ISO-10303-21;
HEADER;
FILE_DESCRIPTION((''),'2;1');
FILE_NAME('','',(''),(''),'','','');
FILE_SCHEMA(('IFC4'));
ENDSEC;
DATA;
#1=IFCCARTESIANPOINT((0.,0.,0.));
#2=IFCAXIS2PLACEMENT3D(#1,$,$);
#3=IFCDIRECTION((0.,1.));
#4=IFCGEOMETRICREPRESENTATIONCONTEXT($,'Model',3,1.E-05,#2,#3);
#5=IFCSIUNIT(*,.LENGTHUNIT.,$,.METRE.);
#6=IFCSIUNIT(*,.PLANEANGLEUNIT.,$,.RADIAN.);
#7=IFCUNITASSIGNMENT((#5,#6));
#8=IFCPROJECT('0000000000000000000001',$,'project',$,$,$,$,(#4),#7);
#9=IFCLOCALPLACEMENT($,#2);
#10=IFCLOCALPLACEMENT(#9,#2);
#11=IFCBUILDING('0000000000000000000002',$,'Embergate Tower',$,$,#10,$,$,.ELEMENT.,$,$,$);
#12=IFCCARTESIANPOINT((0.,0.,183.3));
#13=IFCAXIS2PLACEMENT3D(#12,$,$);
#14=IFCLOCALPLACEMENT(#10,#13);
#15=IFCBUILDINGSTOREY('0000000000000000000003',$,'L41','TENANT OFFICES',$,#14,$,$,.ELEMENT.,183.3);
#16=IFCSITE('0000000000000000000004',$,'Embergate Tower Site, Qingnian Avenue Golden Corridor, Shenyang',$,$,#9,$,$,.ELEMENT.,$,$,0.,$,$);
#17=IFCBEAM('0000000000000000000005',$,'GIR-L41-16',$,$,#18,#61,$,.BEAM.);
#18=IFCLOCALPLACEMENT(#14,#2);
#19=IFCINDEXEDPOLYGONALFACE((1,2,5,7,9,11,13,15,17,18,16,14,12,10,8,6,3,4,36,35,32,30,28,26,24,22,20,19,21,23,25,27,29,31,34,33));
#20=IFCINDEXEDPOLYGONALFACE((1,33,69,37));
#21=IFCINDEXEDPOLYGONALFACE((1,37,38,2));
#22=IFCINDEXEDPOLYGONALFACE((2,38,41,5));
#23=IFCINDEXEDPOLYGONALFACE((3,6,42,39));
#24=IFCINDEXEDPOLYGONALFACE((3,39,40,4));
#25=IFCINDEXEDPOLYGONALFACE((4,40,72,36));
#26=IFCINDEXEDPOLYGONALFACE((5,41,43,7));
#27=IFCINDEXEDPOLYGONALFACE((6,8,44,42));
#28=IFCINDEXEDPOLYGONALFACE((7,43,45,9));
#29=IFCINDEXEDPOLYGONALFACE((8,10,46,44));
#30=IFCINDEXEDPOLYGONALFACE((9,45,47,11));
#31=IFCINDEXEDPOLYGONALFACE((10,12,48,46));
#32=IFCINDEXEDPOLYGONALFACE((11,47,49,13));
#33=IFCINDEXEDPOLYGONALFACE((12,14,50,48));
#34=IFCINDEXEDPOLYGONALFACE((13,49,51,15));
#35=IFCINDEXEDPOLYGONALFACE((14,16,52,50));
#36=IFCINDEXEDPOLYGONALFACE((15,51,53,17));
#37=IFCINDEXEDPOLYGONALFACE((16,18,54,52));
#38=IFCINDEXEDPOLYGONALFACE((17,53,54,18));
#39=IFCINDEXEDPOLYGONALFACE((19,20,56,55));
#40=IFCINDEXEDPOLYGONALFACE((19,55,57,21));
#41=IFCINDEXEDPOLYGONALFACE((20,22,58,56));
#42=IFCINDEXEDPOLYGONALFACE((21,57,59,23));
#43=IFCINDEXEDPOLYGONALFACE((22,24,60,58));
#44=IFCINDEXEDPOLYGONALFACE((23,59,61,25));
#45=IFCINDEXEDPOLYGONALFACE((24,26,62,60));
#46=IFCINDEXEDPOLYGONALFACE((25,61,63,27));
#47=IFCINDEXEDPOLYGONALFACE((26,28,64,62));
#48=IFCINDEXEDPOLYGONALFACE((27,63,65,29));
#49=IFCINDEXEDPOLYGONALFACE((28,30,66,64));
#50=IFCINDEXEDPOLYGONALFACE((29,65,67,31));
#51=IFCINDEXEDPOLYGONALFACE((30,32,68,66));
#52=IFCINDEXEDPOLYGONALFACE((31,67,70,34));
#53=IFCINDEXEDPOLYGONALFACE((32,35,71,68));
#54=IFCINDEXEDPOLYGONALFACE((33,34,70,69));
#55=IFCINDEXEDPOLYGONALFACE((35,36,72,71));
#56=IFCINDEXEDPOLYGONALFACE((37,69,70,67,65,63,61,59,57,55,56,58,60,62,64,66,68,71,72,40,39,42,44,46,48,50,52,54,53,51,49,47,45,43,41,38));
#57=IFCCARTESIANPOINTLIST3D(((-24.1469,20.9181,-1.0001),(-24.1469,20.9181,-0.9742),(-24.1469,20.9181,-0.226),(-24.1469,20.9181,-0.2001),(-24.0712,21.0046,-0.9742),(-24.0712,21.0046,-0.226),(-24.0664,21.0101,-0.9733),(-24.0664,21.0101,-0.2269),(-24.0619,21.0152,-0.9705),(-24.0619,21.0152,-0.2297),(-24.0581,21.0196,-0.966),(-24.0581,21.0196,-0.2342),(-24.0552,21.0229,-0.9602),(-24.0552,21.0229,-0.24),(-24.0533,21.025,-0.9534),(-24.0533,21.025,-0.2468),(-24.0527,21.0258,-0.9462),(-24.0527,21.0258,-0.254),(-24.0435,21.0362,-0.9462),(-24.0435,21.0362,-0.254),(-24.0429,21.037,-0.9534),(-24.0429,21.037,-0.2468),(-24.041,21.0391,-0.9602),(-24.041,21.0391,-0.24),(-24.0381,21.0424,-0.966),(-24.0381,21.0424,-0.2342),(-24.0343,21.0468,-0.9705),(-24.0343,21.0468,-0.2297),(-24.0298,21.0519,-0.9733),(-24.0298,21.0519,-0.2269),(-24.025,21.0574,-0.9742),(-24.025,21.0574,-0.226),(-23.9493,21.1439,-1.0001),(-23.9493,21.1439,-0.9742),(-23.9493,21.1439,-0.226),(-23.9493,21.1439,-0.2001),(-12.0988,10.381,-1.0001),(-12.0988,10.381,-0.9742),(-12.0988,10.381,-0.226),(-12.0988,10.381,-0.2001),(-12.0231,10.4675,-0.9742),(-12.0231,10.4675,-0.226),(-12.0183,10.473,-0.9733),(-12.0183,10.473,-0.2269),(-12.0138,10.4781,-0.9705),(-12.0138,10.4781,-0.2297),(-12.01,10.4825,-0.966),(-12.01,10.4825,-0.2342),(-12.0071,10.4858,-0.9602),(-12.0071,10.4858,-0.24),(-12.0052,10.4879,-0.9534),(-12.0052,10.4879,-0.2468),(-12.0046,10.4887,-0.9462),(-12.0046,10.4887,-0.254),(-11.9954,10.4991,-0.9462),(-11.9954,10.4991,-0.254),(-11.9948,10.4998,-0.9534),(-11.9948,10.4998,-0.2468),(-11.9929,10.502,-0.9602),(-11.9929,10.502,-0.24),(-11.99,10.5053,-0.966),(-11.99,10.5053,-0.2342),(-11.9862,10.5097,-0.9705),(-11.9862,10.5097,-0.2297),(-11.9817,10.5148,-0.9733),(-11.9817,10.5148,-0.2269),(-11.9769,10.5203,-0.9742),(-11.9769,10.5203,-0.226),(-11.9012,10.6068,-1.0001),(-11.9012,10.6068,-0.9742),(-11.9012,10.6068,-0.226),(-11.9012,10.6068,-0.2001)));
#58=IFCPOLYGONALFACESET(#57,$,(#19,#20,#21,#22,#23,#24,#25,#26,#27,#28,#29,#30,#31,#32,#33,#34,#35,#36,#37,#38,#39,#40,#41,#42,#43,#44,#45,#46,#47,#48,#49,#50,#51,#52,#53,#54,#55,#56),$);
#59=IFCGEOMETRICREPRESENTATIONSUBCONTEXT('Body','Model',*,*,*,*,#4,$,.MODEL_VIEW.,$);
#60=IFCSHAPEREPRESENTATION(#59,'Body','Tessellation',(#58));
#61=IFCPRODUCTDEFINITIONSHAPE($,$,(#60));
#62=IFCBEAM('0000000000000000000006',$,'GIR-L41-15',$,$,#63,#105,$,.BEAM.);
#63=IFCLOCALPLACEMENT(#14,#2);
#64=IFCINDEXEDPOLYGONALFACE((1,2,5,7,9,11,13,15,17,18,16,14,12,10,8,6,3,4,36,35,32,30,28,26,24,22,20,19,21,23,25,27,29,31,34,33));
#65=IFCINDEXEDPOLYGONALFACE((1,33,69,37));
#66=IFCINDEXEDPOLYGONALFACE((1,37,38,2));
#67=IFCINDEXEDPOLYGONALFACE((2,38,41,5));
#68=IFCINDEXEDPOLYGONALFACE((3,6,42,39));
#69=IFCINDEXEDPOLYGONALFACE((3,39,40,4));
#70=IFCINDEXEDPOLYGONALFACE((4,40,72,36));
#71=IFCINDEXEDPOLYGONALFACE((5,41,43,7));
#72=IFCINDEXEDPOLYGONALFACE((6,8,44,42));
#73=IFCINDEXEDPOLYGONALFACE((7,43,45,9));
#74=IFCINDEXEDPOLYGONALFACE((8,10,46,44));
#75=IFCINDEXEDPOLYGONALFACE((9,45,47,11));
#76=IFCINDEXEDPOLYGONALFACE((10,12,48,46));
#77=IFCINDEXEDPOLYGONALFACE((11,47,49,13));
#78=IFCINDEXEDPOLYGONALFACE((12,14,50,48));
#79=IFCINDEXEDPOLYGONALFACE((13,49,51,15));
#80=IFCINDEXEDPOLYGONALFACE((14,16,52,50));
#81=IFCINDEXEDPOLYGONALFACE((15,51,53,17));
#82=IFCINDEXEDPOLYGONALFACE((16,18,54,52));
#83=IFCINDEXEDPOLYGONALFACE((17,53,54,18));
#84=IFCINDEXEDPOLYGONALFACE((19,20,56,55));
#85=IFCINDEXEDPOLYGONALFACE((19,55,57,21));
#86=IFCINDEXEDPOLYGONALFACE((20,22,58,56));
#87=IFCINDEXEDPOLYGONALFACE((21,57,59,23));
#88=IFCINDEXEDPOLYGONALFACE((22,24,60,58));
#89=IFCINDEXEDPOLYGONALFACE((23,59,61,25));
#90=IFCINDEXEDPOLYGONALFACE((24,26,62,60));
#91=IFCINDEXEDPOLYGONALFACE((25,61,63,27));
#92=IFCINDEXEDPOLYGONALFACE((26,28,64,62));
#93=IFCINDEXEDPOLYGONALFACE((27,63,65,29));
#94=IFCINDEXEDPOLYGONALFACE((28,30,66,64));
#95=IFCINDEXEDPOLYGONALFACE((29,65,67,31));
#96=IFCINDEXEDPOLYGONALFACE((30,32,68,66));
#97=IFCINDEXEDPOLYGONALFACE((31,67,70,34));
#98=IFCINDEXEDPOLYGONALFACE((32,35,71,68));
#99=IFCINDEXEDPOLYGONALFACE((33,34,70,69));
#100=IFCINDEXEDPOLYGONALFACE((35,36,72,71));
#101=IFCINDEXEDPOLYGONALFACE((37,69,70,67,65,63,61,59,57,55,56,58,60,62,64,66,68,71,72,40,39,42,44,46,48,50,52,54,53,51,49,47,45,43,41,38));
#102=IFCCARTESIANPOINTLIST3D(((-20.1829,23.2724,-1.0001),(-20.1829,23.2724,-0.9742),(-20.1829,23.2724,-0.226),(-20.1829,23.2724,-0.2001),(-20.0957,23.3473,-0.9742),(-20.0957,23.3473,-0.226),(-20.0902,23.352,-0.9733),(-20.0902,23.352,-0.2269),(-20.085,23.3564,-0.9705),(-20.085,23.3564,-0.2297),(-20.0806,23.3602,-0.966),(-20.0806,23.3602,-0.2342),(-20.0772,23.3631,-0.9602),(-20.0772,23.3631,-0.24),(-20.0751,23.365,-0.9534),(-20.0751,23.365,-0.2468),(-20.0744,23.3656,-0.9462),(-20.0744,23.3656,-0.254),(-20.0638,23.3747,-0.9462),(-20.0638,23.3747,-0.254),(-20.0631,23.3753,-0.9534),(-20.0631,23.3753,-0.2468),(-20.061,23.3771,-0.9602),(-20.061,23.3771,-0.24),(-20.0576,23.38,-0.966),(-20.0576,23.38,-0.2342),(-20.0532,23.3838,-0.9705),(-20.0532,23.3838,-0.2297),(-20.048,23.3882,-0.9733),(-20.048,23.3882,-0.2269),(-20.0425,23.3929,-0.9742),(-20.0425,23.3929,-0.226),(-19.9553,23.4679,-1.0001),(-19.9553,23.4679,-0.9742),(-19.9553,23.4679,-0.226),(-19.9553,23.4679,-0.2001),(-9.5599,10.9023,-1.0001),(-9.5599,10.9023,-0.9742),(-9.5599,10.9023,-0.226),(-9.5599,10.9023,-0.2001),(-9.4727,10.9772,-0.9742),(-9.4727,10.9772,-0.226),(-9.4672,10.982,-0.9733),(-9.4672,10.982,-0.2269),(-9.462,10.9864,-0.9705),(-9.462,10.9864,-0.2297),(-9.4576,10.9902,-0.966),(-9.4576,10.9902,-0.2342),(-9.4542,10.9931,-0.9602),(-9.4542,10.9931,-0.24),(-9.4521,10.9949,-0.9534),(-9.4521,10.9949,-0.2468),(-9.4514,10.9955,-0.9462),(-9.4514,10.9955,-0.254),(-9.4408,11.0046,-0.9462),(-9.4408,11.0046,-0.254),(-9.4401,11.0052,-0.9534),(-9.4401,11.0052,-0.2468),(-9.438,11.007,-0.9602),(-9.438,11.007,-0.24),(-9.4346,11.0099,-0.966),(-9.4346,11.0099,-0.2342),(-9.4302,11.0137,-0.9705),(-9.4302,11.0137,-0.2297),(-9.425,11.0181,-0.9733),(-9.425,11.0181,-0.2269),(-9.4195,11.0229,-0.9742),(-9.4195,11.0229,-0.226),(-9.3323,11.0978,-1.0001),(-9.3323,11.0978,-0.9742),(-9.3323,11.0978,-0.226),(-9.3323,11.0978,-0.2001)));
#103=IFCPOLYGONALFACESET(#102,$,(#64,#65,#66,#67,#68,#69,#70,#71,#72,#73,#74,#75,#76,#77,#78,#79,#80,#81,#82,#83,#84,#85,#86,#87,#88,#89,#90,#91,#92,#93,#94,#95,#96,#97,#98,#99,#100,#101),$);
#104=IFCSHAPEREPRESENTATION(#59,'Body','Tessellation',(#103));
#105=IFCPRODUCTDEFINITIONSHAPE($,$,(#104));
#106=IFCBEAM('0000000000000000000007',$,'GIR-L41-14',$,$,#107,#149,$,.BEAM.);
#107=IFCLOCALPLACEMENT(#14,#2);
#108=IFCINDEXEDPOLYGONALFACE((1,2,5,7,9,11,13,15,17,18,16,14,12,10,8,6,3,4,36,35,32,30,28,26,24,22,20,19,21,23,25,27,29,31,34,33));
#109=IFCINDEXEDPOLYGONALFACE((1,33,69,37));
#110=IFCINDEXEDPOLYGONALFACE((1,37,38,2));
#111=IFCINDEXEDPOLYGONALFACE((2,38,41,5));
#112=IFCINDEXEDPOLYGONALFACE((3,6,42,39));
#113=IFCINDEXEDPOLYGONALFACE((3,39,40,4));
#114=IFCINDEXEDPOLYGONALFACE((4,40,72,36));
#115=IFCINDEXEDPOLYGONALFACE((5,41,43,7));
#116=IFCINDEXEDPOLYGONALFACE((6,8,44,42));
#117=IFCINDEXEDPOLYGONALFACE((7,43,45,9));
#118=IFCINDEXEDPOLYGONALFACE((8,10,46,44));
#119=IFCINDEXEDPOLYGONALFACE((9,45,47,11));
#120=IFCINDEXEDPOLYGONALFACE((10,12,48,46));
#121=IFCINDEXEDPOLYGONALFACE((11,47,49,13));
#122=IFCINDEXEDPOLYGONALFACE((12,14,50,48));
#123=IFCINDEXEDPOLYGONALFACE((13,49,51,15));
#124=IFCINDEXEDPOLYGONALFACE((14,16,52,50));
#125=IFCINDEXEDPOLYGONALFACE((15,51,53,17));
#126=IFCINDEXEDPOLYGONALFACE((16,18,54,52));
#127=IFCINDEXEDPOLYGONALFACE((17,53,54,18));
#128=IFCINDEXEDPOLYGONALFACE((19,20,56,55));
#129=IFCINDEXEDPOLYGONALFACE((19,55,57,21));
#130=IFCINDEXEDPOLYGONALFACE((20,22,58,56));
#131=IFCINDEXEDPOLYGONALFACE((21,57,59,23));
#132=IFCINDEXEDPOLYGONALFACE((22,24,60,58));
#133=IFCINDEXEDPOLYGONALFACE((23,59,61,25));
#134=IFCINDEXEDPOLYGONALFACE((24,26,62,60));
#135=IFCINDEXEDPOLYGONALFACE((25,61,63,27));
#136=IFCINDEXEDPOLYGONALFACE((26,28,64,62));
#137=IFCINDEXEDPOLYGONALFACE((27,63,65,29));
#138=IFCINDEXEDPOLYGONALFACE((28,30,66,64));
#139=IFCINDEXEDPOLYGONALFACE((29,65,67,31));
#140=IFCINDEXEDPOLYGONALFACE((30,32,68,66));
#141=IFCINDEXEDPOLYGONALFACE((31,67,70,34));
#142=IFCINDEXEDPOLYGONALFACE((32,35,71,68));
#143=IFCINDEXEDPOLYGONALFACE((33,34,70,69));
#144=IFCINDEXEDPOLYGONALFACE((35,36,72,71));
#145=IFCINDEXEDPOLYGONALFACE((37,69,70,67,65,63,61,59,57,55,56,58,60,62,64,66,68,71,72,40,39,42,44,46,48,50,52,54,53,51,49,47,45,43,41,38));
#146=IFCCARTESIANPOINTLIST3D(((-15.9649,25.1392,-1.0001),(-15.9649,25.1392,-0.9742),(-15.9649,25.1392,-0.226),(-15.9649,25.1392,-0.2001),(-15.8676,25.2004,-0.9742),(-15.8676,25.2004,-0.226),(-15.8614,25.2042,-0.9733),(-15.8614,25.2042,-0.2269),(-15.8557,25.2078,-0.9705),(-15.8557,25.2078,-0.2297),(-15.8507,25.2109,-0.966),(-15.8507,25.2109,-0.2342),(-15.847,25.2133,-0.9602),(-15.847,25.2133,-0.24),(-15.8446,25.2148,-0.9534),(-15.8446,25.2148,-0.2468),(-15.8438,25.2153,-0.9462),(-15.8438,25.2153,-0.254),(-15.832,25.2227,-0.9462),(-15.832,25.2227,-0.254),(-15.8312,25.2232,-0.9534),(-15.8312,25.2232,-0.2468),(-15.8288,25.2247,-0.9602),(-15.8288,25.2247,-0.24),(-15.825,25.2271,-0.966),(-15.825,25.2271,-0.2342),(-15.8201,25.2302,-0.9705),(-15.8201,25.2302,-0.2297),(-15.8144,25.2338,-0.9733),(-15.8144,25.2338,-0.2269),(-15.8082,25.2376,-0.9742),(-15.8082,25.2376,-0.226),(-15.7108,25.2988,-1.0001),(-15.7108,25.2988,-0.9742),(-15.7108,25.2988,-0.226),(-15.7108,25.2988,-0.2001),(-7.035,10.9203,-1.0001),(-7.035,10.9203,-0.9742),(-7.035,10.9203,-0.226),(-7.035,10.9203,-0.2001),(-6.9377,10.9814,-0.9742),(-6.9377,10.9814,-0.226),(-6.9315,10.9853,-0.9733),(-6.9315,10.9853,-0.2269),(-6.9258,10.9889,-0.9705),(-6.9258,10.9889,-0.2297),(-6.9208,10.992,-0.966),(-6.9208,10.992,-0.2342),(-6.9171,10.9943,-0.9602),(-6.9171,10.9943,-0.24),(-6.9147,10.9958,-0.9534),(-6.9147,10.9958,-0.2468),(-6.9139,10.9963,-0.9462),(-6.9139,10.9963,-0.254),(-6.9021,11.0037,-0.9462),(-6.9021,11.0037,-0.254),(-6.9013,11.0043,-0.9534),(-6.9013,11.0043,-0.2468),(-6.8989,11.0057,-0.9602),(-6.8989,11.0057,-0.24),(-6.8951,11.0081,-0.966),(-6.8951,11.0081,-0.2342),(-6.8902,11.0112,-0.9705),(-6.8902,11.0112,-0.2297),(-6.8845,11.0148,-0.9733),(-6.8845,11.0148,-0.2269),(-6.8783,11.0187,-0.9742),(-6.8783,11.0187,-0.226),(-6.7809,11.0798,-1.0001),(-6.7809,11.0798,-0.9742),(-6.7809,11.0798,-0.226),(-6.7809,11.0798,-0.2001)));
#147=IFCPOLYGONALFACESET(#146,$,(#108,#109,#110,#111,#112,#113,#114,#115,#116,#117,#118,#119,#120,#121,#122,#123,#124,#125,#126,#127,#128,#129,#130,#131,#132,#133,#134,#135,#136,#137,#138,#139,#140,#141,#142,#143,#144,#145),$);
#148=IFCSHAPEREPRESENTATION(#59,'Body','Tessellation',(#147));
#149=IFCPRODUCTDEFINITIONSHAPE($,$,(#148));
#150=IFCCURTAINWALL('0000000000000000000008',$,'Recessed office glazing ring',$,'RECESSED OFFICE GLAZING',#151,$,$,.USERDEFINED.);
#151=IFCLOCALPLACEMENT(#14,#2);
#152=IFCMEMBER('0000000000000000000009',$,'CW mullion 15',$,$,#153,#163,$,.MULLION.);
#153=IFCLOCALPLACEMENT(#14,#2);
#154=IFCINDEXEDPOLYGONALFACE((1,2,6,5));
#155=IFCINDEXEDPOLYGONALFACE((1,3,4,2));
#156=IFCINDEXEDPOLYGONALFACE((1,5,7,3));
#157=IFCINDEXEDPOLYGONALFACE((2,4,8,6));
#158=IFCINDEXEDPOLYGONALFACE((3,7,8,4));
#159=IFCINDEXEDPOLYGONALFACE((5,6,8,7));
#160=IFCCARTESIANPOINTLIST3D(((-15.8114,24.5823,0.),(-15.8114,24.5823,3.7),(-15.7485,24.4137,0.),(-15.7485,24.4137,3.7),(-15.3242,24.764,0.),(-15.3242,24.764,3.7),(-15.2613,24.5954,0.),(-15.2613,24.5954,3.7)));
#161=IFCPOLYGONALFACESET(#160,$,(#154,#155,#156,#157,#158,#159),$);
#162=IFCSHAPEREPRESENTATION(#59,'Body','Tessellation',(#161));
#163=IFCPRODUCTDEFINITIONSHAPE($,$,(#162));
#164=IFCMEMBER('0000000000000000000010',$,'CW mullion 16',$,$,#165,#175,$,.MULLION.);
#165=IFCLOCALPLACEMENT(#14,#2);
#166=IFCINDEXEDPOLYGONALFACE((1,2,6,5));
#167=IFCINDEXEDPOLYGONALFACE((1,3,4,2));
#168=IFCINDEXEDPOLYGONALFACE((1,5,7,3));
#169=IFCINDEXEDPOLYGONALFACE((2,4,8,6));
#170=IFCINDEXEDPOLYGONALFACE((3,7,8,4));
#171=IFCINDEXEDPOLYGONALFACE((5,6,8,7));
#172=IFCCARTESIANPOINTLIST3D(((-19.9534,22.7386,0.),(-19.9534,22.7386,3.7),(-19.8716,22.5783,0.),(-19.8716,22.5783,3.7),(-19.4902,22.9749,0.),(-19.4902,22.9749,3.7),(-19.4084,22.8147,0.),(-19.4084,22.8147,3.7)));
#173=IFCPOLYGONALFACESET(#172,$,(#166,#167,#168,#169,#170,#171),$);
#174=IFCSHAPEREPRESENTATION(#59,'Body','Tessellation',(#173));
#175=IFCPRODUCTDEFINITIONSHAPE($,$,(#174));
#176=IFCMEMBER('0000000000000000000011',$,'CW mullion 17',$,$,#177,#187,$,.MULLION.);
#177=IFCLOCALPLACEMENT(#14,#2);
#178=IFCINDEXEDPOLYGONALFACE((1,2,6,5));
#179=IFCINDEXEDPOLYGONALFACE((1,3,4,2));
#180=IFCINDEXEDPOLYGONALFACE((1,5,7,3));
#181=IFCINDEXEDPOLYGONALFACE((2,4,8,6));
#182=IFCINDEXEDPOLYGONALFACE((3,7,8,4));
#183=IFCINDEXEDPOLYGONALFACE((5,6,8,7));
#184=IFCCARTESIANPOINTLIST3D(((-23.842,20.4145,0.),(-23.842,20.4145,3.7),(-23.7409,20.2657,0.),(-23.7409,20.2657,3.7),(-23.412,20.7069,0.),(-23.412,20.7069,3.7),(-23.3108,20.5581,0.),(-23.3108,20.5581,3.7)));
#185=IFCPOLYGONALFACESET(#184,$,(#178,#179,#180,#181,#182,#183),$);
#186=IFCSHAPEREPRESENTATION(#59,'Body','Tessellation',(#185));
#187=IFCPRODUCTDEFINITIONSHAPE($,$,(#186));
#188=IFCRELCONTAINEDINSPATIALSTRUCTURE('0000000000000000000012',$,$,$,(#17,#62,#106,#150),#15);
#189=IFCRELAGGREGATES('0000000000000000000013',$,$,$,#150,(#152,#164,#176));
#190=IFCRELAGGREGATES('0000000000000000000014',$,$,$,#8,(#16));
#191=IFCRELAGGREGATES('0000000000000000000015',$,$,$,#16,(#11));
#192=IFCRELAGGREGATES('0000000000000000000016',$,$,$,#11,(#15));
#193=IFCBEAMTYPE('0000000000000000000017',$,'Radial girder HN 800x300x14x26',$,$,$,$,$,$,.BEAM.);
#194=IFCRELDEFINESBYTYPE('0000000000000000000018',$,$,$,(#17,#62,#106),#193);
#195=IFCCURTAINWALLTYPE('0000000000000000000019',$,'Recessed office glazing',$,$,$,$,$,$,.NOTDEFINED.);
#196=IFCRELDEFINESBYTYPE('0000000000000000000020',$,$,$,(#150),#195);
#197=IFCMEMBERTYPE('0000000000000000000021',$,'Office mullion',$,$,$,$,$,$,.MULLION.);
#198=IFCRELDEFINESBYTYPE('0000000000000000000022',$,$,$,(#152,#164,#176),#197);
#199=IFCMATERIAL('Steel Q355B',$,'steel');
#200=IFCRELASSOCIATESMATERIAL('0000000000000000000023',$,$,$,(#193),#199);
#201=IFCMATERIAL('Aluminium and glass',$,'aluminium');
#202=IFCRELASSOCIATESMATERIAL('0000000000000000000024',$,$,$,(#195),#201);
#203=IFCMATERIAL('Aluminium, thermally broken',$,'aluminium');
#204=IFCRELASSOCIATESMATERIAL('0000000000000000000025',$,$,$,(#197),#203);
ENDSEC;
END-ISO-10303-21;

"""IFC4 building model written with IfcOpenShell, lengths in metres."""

from ifc_helpers import new_model, si_unit, direction, frame, origin, origin_2d, place, context, subcontext, project, spatial, rectangle, i_section, extrude, source, transform, mapped, material, material_profile, profile_set, type_object, element, aggregate, save


model = new_model("IFC4")

# Units and contexts
model_context = context("Model", 3, precision=1e-05, world=origin(), true_north=direction((0.0, 1.0)))
body_context = subcontext(model_context, "Body", "Model", "MODEL_VIEW")
ifc_project = project(units=[si_unit("LENGTHUNIT", "METRE"), si_unit("PLANEANGLEUNIT", "RADIAN")], contexts=[model_context])

# Site, building, storey
site_placement = place(None, origin())
site = spatial("IfcSite", under=ifc_project, at=site_placement, Name="Embergate Tower Site, Qingnian Avenue Golden Corridor, Shenyang", CompositionType="ELEMENT", RefElevation=0.0)
building_placement = place(site_placement, origin())
building = spatial("IfcBuilding", under=site, at=building_placement, Name="Embergate Tower", CompositionType="ELEMENT")
storey_placement = place(building_placement, frame((0.0, 0.0, 183.3)))
storey = spatial("IfcBuildingStorey", under=building, at=storey_placement, Name="L41", Description="TENANT OFFICES", CompositionType="ELEMENT", Elevation=183.3)

# Beams
ifc_material_1 = material(Name="Steel Q355B", Category="steel")
ifc_material_profile_1 = material_profile(ifc_material_1, i_section(OverallWidth=0.3, OverallDepth=0.8, WebThickness=0.0139, FlangeThickness=0.0259, FilletRadius=0.0281, at=origin_2d()), Name="HN 800x300x14x26")
ifc_profile_set_1 = profile_set([ifc_material_profile_1], Name="Steel Q355 grade B")
beam_type_1 = type_object("IfcBeamType", Name="Radial girder HN 800x300x14x26", PredefinedType="BEAM", material=ifc_profile_set_1)
shared_shape_1 = source(origin(), body_context, "Body", "SweptSolid", [
    extrude(i_section(OverallWidth=0.3, OverallDepth=0.8, WebThickness=0.0139, FlangeThickness=0.0259, FilletRadius=0.0281, at=origin_2d()), origin(), (0.0, 0.0, 1.0), 16.0059),
])
beam_1_placement = place(storey_placement, frame((-24.0481, 21.031, -0.6001), z_axis=(0.752731, -0.658329, 0.0), x_axis=(0.658329, 0.752731, 0.0)))
element("IfcBeam", 1, at=beam_1_placement, inside=storey, type_object=beam_type_1, Name="GIR-L41-16", PredefinedType="BEAM", context=body_context, shape_type="MappedRepresentation", body=[
    mapped(shared_shape_1, transform((0.0, 0.0, 0.0))),
])
shared_shape_2 = source(origin(), body_context, "Body", "SweptSolid", [
    extrude(i_section(OverallWidth=0.3, OverallDepth=0.8, WebThickness=0.0139, FlangeThickness=0.0259, FilletRadius=0.0281, at=origin_2d()), origin(), (0.0, 0.0, 1.0), 16.3054),
])
beam_2_placement = place(storey_placement, frame((-20.0691, 23.3701, -0.6001), z_axis=(0.651501, -0.758647, 0.0), x_axis=(0.758647, 0.651501, 0.0)))
element("IfcBeam", 2, at=beam_2_placement, inside=storey, type_object=beam_type_1, Name="GIR-L41-15", PredefinedType="BEAM", context=body_context, shape_type="MappedRepresentation", body=[
    mapped(shared_shape_2, transform((0.0, 0.0, 0.0))),
])
shared_shape_3 = source(origin(), body_context, "Body", "SweptSolid", [
    extrude(i_section(OverallWidth=0.3, OverallDepth=0.8, WebThickness=0.0139, FlangeThickness=0.0259, FilletRadius=0.0281, at=origin_2d()), origin(), (0.0, 0.0, 1.0), 16.7905),
])
beam_3_placement = place(storey_placement, frame((-15.8379, 25.219, -0.6001), z_axis=(0.531842, -0.846844, 0.0), x_axis=(0.846844, 0.531842, 0.0)))
element("IfcBeam", 3, at=beam_3_placement, inside=storey, type_object=beam_type_1, Name="GIR-L41-14", PredefinedType="BEAM", context=body_context, shape_type="MappedRepresentation", body=[
    mapped(shared_shape_3, transform((0.0, 0.0, 0.0))),
])

# Curtain wall, members
ifc_material_2 = material(Name="Aluminium and glass", Category="aluminium")
curtain_wall_type = type_object("IfcCurtainWallType", Name="Recessed office glazing", PredefinedType="NOTDEFINED", material=ifc_material_2)
curtain_wall_placement = place(storey_placement, origin())
curtain_wall = element("IfcCurtainWall", 4, at=curtain_wall_placement, inside=storey, type_object=curtain_wall_type, Name="Recessed office glazing ring", ObjectType="RECESSED OFFICE GLAZING", PredefinedType="USERDEFINED")
ifc_material_3 = material(Name="Aluminium, thermally broken", Category="aluminium")
ifc_material_profile_2 = material_profile(ifc_material_3, rectangle(XDim=0.1799, YDim=0.52, at=origin_2d()), Name="AL 520x180")
ifc_profile_set_2 = profile_set([ifc_material_profile_2], Name="Aluminium, thermally broken")
member_type_1 = type_object("IfcMemberType", Name="Office mullion", PredefinedType="MULLION", material=ifc_profile_set_2)
shared_shape_4 = source(origin(), body_context, "Body", "SweptSolid", [
    extrude(rectangle(XDim=0.1799, YDim=0.52, at=origin_2d()), origin(), (0.0, 0.0, 1.0), 3.7),
])
member_1_placement = place(storey_placement, frame((-15.5364, 24.5889, 0.0), z_axis=(0.0, 0.0, 1.0), x_axis=(0.349504, -0.936935, 0.0)))
member_1 = element("IfcMember", 5, at=member_1_placement, type_object=member_type_1, Name="CW mullion 15", PredefinedType="MULLION", context=body_context, shape_type="MappedRepresentation", body=[
    mapped(shared_shape_4, transform((0.0, 0.0, 0.0))),
])
member_2_placement = place(storey_placement, frame((-19.6809, 22.7766, 0.0), z_axis=(0.0, 0.0, 1.0), x_axis=(0.454513, -0.89074, 0.0)))
member_2 = element("IfcMember", 6, at=member_2_placement, type_object=member_type_1, Name="CW mullion 16", PredefinedType="MULLION", context=body_context, shape_type="MappedRepresentation", body=[
    mapped(shared_shape_4, transform((0.0, 0.0, 0.0))),
])
member_3_placement = place(storey_placement, frame((-23.5764, 20.4863, 0.0), z_axis=(0.0, 0.0, 1.0), x_axis=(0.562219, -0.826988, 0.0)))
member_3 = element("IfcMember", 7, at=member_3_placement, type_object=member_type_1, Name="CW mullion 17", PredefinedType="MULLION", context=body_context, shape_type="MappedRepresentation", body=[
    mapped(shared_shape_4, transform((0.0, 0.0, 0.0))),
])
aggregate(curtain_wall, [member_1, member_2, member_3])

save(model, "model.ifc")
